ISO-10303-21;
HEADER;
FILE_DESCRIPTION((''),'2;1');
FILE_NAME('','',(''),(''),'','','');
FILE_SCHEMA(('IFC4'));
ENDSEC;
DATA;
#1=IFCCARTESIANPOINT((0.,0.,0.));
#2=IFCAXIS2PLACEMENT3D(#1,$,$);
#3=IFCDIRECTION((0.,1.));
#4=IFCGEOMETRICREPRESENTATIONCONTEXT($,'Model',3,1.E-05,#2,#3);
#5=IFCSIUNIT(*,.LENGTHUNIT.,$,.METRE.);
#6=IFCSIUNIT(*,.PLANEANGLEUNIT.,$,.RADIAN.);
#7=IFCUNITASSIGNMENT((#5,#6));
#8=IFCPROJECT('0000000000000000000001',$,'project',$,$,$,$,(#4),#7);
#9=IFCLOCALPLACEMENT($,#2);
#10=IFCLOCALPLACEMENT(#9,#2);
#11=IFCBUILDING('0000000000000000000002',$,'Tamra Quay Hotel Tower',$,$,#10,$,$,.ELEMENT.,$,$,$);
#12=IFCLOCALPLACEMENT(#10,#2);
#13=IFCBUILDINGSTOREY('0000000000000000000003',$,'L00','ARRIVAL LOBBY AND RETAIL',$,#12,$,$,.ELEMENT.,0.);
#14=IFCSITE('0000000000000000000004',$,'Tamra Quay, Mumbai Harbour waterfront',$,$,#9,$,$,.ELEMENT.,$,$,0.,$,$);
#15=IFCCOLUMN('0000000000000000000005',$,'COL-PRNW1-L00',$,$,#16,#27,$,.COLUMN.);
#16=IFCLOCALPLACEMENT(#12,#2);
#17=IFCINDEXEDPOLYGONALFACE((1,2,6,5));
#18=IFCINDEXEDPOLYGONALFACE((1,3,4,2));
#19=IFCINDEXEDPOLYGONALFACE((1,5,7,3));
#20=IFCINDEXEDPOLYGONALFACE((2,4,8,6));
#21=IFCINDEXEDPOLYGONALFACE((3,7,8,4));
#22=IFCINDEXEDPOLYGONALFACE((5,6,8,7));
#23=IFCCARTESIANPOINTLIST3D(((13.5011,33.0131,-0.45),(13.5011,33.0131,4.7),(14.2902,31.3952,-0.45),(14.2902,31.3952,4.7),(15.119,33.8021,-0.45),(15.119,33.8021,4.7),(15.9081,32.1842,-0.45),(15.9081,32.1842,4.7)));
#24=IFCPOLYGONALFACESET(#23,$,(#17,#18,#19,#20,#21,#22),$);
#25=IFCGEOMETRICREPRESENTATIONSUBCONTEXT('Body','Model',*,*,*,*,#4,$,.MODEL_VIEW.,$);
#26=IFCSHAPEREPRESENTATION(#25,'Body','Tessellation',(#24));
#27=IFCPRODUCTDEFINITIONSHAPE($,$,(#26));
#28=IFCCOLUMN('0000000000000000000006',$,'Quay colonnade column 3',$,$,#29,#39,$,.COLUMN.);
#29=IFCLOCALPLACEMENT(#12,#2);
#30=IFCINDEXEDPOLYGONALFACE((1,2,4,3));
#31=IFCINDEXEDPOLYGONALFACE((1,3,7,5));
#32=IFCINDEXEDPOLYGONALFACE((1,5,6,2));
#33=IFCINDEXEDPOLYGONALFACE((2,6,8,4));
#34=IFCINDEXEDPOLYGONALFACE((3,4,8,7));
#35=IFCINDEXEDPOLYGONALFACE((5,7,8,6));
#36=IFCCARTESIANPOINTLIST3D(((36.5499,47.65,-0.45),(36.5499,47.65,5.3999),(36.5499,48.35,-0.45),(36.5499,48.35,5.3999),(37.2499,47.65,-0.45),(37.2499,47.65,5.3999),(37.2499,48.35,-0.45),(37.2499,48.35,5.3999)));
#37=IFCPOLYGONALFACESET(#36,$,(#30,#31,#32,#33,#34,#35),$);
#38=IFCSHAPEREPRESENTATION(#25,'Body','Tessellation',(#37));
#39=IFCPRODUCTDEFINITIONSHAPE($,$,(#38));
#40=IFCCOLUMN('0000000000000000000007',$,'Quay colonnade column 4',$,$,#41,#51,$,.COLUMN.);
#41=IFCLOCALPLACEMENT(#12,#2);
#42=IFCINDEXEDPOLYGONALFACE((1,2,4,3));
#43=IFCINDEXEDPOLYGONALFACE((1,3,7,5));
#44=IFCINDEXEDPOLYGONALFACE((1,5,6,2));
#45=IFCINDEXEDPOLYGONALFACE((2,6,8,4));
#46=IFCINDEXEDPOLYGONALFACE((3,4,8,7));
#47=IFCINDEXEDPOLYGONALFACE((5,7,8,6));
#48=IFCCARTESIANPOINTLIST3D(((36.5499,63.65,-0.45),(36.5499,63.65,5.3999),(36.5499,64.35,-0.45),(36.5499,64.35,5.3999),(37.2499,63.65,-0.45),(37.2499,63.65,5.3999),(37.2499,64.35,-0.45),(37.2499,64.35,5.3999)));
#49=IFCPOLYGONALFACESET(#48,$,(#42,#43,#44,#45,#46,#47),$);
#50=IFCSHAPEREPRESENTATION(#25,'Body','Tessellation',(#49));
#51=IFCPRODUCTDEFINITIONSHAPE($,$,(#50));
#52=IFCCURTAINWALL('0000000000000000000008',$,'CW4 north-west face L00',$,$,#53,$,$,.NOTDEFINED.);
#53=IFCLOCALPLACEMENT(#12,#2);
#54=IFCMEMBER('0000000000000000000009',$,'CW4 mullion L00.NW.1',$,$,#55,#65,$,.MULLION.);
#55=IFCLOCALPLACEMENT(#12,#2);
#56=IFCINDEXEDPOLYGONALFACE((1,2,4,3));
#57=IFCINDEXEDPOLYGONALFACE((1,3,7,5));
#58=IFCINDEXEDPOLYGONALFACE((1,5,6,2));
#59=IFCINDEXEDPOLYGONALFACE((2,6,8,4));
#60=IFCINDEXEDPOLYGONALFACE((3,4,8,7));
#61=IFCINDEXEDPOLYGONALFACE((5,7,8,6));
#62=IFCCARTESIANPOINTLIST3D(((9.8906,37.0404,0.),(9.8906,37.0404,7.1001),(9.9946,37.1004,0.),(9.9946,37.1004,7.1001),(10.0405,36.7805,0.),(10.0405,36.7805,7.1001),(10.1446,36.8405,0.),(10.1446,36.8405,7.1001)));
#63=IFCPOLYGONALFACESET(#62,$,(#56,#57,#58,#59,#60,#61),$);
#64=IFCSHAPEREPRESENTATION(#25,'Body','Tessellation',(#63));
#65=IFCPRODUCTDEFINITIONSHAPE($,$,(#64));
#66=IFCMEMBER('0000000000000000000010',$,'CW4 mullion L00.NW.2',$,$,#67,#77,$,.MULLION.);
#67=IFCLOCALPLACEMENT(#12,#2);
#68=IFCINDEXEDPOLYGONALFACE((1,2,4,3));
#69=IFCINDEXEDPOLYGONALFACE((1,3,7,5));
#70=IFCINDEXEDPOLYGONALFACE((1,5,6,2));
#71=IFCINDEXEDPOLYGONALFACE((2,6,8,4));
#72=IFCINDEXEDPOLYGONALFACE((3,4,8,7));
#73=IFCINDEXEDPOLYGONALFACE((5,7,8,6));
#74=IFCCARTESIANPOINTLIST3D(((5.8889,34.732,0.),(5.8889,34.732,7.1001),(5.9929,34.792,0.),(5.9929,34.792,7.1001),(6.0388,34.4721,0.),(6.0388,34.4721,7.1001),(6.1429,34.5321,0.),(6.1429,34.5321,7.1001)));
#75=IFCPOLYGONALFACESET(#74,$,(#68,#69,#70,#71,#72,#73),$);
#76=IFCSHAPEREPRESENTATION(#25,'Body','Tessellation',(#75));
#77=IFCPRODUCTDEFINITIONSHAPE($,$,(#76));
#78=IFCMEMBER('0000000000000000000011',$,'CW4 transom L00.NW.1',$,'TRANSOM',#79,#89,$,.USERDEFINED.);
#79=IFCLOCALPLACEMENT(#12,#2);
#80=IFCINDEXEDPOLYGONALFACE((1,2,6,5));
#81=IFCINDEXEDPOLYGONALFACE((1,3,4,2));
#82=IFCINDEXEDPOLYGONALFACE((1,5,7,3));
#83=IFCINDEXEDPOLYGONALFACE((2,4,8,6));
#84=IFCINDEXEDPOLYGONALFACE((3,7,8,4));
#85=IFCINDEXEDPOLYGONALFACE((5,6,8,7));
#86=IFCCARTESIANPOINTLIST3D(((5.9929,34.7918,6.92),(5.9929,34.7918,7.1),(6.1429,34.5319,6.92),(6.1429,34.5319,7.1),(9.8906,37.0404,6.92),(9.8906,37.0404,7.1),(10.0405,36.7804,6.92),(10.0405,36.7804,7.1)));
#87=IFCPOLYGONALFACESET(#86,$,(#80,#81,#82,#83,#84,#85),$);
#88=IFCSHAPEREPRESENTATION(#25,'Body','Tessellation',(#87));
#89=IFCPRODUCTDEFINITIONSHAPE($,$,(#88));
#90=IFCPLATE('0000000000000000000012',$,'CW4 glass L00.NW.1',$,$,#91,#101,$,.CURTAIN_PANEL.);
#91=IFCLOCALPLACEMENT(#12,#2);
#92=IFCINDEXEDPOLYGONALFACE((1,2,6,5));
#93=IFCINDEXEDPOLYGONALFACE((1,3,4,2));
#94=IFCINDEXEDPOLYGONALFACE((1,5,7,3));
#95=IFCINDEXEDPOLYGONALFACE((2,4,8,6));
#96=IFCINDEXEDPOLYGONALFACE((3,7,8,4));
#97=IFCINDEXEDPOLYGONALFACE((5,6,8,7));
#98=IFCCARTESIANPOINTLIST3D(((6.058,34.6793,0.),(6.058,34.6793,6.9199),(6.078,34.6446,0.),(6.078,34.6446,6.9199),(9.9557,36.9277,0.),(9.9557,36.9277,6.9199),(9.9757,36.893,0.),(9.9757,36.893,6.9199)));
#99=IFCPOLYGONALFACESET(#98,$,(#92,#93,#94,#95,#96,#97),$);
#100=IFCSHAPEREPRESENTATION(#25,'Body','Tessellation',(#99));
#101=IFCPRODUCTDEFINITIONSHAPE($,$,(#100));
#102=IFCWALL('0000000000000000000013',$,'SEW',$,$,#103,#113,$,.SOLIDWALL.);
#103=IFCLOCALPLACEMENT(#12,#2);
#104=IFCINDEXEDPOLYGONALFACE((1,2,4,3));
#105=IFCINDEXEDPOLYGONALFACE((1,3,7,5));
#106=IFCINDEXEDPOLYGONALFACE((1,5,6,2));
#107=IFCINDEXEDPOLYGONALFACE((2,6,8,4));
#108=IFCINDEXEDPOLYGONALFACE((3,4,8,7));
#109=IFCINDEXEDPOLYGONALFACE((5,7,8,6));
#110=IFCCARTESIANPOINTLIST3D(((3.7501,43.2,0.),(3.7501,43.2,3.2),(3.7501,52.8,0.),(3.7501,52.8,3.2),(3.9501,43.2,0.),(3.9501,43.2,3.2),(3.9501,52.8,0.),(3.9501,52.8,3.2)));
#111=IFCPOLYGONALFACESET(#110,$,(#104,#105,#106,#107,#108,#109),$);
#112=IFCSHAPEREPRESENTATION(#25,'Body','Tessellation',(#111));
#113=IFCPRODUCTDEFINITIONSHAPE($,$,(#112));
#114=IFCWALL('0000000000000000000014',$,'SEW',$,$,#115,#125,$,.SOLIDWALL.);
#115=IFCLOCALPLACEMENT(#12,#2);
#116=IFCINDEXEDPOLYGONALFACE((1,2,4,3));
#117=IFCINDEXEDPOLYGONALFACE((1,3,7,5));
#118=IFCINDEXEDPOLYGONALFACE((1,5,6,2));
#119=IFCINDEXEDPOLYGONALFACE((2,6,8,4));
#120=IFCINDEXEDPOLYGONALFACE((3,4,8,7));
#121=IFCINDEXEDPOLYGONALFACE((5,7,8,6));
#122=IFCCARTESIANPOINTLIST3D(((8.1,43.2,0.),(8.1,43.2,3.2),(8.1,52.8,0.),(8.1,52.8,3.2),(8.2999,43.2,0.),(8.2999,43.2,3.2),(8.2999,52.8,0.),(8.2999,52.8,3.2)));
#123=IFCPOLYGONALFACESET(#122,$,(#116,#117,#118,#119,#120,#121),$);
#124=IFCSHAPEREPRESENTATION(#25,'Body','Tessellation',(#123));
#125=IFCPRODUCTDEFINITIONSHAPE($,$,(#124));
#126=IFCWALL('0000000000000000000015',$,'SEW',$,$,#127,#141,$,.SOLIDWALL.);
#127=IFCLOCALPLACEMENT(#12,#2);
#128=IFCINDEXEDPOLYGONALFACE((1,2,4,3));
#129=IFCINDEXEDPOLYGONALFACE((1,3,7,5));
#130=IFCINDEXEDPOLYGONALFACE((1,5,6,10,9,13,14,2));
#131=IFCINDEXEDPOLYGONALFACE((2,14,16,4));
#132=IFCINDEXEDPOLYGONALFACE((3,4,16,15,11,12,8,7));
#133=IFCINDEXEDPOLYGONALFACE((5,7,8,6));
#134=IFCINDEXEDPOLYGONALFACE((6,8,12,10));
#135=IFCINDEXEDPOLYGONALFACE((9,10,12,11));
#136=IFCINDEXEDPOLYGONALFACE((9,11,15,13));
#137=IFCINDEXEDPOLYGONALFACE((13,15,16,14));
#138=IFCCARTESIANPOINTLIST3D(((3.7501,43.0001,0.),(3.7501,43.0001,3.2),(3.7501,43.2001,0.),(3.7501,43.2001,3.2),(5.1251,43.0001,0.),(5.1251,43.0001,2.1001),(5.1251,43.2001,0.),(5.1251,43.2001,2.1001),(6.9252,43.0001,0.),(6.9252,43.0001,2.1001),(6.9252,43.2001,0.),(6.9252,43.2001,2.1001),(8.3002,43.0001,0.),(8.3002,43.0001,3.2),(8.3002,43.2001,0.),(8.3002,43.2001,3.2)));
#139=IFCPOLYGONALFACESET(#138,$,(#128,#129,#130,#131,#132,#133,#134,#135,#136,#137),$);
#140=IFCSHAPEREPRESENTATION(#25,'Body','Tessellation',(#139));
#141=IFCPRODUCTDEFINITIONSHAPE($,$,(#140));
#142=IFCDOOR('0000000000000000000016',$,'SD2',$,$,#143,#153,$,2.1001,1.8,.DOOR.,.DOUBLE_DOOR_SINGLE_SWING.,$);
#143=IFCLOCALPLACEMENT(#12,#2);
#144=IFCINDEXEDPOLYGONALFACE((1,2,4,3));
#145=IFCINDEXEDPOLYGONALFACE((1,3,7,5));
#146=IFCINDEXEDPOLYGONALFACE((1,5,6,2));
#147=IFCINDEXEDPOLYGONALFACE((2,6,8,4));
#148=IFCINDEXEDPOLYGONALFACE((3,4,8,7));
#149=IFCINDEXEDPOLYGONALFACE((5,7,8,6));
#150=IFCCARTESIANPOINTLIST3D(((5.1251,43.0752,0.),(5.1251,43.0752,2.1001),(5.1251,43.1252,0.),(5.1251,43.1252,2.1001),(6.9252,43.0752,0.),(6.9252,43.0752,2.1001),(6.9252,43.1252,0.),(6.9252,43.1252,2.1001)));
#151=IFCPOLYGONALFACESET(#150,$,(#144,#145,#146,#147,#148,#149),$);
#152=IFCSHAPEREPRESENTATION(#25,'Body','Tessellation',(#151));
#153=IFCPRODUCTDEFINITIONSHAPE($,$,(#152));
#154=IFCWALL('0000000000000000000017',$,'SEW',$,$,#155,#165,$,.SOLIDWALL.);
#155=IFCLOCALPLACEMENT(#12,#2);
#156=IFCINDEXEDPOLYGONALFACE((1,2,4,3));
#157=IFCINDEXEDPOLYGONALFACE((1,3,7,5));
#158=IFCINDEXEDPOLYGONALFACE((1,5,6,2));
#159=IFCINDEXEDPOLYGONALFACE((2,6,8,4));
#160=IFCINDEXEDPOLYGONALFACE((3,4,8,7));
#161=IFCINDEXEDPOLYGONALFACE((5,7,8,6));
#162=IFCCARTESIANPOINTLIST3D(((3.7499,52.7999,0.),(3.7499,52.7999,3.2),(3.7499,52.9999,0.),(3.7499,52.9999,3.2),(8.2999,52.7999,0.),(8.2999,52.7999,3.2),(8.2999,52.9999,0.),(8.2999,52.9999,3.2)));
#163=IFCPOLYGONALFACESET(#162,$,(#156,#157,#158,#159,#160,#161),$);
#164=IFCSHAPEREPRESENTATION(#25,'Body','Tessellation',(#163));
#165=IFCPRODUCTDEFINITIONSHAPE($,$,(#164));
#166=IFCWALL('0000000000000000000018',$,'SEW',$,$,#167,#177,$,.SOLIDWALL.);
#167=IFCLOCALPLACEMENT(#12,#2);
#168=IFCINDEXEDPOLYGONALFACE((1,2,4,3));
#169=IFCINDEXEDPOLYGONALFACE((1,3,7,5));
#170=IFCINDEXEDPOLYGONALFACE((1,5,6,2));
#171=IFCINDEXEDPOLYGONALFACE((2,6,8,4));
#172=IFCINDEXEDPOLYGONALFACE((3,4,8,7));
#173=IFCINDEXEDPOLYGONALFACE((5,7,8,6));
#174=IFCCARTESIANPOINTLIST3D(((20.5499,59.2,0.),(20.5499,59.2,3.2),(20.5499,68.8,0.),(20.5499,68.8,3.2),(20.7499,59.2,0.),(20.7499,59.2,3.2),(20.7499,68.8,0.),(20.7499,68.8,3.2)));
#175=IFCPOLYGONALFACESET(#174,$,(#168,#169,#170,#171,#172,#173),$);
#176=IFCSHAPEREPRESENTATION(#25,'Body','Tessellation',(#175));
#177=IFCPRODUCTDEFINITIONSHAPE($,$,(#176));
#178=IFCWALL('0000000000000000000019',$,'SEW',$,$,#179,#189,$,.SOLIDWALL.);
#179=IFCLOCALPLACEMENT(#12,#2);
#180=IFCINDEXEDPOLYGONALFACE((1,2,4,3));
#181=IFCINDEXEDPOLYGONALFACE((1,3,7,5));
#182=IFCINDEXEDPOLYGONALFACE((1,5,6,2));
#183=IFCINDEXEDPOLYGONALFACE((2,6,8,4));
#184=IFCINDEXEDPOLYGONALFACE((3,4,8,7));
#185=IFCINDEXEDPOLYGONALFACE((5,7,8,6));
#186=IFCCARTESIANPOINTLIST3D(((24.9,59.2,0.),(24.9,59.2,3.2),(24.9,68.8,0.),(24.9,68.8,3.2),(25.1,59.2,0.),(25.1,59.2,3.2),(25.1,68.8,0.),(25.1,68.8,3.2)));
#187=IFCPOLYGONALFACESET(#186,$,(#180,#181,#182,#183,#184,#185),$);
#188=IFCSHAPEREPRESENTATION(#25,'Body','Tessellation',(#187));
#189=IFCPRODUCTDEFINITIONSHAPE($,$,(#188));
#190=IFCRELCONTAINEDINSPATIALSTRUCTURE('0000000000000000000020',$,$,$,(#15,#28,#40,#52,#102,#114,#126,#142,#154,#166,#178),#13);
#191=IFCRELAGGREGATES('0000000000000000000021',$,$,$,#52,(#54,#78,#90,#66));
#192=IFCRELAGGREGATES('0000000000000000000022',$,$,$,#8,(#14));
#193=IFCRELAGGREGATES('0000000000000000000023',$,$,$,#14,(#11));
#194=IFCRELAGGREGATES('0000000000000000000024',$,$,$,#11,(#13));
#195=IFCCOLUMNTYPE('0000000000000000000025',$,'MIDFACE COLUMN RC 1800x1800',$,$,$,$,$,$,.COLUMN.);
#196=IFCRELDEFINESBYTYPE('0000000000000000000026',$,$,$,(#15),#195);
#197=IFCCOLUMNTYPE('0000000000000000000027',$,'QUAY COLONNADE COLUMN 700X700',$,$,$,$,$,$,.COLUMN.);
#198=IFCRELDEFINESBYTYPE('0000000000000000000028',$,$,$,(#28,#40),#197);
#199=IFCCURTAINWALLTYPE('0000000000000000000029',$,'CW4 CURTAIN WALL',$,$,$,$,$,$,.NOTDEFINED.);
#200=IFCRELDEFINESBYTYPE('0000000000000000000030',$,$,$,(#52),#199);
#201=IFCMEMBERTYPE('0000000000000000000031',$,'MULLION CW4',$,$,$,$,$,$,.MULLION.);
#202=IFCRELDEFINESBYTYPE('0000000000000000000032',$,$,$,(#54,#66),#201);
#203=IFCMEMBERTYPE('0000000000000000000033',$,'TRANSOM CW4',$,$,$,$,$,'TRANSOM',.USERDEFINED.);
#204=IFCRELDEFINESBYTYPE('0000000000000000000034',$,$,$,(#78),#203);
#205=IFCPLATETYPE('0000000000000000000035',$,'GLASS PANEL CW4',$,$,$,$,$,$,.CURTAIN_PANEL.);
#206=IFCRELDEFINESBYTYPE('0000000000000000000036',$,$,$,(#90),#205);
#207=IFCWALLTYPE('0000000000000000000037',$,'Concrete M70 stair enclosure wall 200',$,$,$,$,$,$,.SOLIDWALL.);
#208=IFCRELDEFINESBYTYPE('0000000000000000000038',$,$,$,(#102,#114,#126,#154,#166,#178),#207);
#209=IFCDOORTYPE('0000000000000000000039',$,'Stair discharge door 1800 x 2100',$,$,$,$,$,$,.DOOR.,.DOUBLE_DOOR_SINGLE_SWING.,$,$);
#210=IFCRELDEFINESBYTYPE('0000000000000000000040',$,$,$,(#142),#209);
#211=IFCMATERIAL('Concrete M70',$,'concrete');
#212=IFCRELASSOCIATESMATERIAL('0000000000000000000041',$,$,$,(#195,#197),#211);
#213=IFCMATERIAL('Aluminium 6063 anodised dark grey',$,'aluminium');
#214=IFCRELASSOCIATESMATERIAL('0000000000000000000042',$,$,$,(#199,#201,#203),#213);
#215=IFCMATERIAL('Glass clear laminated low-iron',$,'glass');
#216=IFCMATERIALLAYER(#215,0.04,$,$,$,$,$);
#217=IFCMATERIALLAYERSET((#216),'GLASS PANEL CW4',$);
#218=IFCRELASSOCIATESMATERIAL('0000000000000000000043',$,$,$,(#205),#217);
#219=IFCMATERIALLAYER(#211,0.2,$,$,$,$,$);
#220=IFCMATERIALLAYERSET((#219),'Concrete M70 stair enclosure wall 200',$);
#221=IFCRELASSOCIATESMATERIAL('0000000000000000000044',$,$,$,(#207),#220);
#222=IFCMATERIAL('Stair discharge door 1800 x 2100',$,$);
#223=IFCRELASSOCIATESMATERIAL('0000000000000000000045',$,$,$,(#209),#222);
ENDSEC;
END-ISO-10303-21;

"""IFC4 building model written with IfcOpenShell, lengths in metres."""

from ifc_helpers import new_model, si_unit, direction, frame, frame_2d, origin, origin_2d, place, context, subcontext, project, spatial, rectangle, extrude, material, layer, layer_set, material_profile, profile_set, type_object, element, fill, aggregate, save


model = new_model("IFC4")

# Units and contexts
model_context = context("Model", 3, precision=1e-05, world=origin(), true_north=direction((0.0, 1.0)))
body_context = subcontext(model_context, "Body", "Model", "MODEL_VIEW")
ifc_project = project(units=[si_unit("LENGTHUNIT", "METRE"), si_unit("PLANEANGLEUNIT", "RADIAN")], contexts=[model_context])

# Site, building, storey
site_placement = place(None, origin())
site = spatial("IfcSite", under=ifc_project, at=site_placement, Name="Tamra Quay, Mumbai Harbour waterfront", CompositionType="ELEMENT", RefElevation=0.0)
building_placement = place(site_placement, origin())
building = spatial("IfcBuilding", under=site, at=building_placement, Name="Tamra Quay Hotel Tower", CompositionType="ELEMENT")
storey_placement = place(building_placement, origin())
storey = spatial("IfcBuildingStorey", under=building, at=storey_placement, Name="L00", Description="ARRIVAL LOBBY AND RETAIL", CompositionType="ELEMENT", Elevation=0.0)

# Columns
ifc_material_1 = material(Name="Concrete M70", Category="concrete")
ifc_material_profile_1 = material_profile(ifc_material_1, rectangle(XDim=1.8, YDim=1.8, at=origin_2d()), Name="MIDFACE COLUMN RC 1800x1800")
ifc_profile_set_1 = profile_set([ifc_material_profile_1], Name="Concrete M70")
column_type_1 = type_object("IfcColumnType", Name="MIDFACE COLUMN RC 1800x1800", PredefinedType="COLUMN", material=ifc_profile_set_1)
column_placement = place(storey_placement, frame((14.7046, 32.5986, -0.45), z_axis=(0.0, 0.0, 1.0), x_axis=(-0.438341, 0.898809, 0.0)))
element("IfcColumn", 1, at=column_placement, inside=storey, type_object=column_type_1, Name="COL-PRNW1-L00", PredefinedType="COLUMN", context=body_context, shape_type="SweptSolid", body=[
    extrude(rectangle(XDim=1.8, YDim=1.8, at=origin_2d()), origin(), (0.0, 0.0, 1.0), 5.1499),
])
ifc_material_profile_2 = material_profile(ifc_material_1, rectangle(XDim=0.7, YDim=0.7, at=origin_2d()), Name="Concrete M70")
ifc_profile_set_2 = profile_set([ifc_material_profile_2], Name="Concrete M70")
column_type_2 = type_object("IfcColumnType", Name="QUAY COLONNADE COLUMN 700X700", PredefinedType="COLUMN", material=ifc_profile_set_2)
for number, where, z_axis, x_axis, name in (
    (2, (36.8999, 48.0, -0.45), (0.0, 0.0, 1.0), (1.0, 0.0, 0.0), "Quay colonnade column 3"),
    (3, (36.8999, 64.0, -0.45), (0.0, 0.0, 1.0), (1.0, 0.0, 0.0), "Quay colonnade column 4"),
):
    element("IfcColumn", number, at=place(storey_placement, frame(where, z_axis=z_axis, x_axis=x_axis)), inside=storey, type_object=column_type_2, Name=name, PredefinedType="COLUMN", context=body_context, shape_type="SweptSolid", body=[
        extrude(rectangle(XDim=0.7, YDim=0.7, at=origin_2d()), origin(), (0.0, 0.0, 1.0), 5.8499),
    ])

# Curtain wall, members, plate
ifc_material_2 = material(Name="Aluminium 6063 anodised dark grey", Category="aluminium")
curtain_wall_type = type_object("IfcCurtainWallType", Name="CW4 CURTAIN WALL", PredefinedType="NOTDEFINED", material=ifc_material_2)
curtain_wall_placement = place(storey_placement, origin())
curtain_wall = element("IfcCurtainWall", 4, at=curtain_wall_placement, inside=storey, type_object=curtain_wall_type, Name="CW4 north-west face L00", PredefinedType="NOTDEFINED")
ifc_material_profile_3 = material_profile(ifc_material_2, rectangle(XDim=0.3, YDim=0.1201, at=origin_2d()), Name="MULLION 120X300")
ifc_profile_set_3 = profile_set([ifc_material_profile_3], Name="Aluminium 6063 anodised dark grey")
member_type_1 = type_object("IfcMemberType", Name="MULLION CW4", PredefinedType="MULLION", material=ifc_profile_set_3)
member_1_placement = place(storey_placement, frame((10.0176, 36.9404, 0.0), z_axis=(0.0, 0.0, 1.0), x_axis=(-0.499672, 0.866215, 0.0)))
member_1 = element("IfcMember", 5, at=member_1_placement, type_object=member_type_1, Name="CW4 mullion L00.NW.1", PredefinedType="MULLION", context=body_context, shape_type="SweptSolid", body=[
    extrude(rectangle(XDim=0.3, YDim=0.1201, at=origin_2d()), origin(), (0.0, 0.0, 1.0), 7.1001),
])
member_2_placement = place(storey_placement, frame((6.0159, 34.6321, 0.0), z_axis=(0.0, 0.0, 1.0), x_axis=(-0.499672, 0.866215, 0.0)))
member_2 = element("IfcMember", 6, at=member_2_placement, type_object=member_type_1, Name="CW4 mullion L00.NW.2", PredefinedType="MULLION", context=body_context, shape_type="SweptSolid", body=[
    extrude(rectangle(XDim=0.3, YDim=0.1201, at=origin_2d()), origin(), (0.0, 0.0, 1.0), 7.1001),
])
ifc_material_profile_4 = material_profile(ifc_material_2, rectangle(XDim=0.3, YDim=0.1799, at=origin_2d()), Name="TRANSOM 300X180")
ifc_profile_set_4 = profile_set([ifc_material_profile_4], Name="Aluminium 6063 anodised dark grey")
member_type_2 = type_object("IfcMemberType", Name="TRANSOM CW4", ElementType="TRANSOM", PredefinedType="USERDEFINED", material=ifc_profile_set_4)
member_3_placement = place(storey_placement, frame((9.9656, 36.9104, 7.01), z_axis=(-0.866199, -0.499699, 0.0), x_axis=(0.499699, -0.866199, 0.0)))
member_3 = element("IfcMember", 7, at=member_3_placement, type_object=member_type_2, Name="CW4 transom L00.NW.1", ObjectType="TRANSOM", PredefinedType="USERDEFINED", context=body_context, shape_type="SweptSolid", body=[
    extrude(rectangle(XDim=0.3, YDim=0.1799, at=origin_2d()), origin(), (0.0, 0.0, 1.0), 4.4998),
])
ifc_material_3 = material(Name="Glass clear laminated low-iron", Category="glass")
ifc_layer_1 = layer(ifc_material_3, 0.04)
ifc_layer_set_1 = layer_set([ifc_layer_1], Name="GLASS PANEL CW4")
plate_type = type_object("IfcPlateType", Name="GLASS PANEL CW4", PredefinedType="CURTAIN_PANEL", material=ifc_layer_set_1)
plate_placement = place(storey_placement, frame((8.0168, 35.7861, 0.0), z_axis=(0.0, 0.0, 1.0), x_axis=(-0.866215, -0.499672, 0.0)))
plate = element("IfcPlate", 8, at=plate_placement, type_object=plate_type, Name="CW4 glass L00.NW.1", PredefinedType="CURTAIN_PANEL", context=body_context, shape_type="SweptSolid", body=[
    extrude(rectangle(XDim=4.4998, YDim=0.04, at=origin_2d()), origin(), (0.0, 0.0, 1.0), 6.9199),
])
aggregate(curtain_wall, [member_1, member_3, plate, member_2])

# Walls
ifc_layer_2 = layer(ifc_material_1, 0.2)
ifc_layer_set_2 = layer_set([ifc_layer_2], Name="Concrete M70 stair enclosure wall 200")
wall_type_1 = type_object("IfcWallType", Name="Concrete M70 stair enclosure wall 200", PredefinedType="SOLIDWALL", material=ifc_layer_set_2)
for number, where, z_axis, x_axis, name in (
    (9, (3.8501, 43.2, 0.0), (0.0, 0.0, 1.0), (0.0, 1.0, 0.0), "SEW"),
    (10, (8.2, 43.2, 0.0), (0.0, 0.0, 1.0), (0.0, 1.0, 0.0), "SEW"),
):
    element("IfcWall", number, at=place(storey_placement, frame(where, z_axis=z_axis, x_axis=x_axis)), inside=storey, type_object=wall_type_1, Name=name, PredefinedType="SOLIDWALL", context=body_context, shape_type="SweptSolid", body=[
        extrude(rectangle(XDim=9.6001, YDim=0.2, at=frame_2d((4.8, 0.0))), origin(), (0.0, 0.0, 1.0), 3.2),
    ])

# Wall, opening, door
wall_1_placement = place(storey_placement, frame((8.3, 43.1001, 0.0), z_axis=(0.0, 0.0, 1.0), x_axis=(-1.0, 0.0, 0.0)))
wall_1 = element("IfcWall", 11, at=wall_1_placement, inside=storey, type_object=wall_type_1, Name="SEW", PredefinedType="SOLIDWALL", context=body_context, shape_type="SweptSolid", body=[
    extrude(rectangle(XDim=4.55, YDim=0.2, at=frame_2d((2.2749, 0.0))), origin(), (0.0, 0.0, 1.0), 3.2),
])
opening_1_placement = place(wall_1_placement, frame((1.375, 0.0, 0.0)))
opening_1 = element("IfcOpeningElement", 12, at=opening_1_placement, cuts=wall_1, PredefinedType="OPENING", context=body_context, shape_type="SweptSolid", body=[
    extrude(rectangle(XDim=1.8, YDim=2.1001, at=frame_2d((0.8999, 1.05))), frame((0.0, 0.1099, 0.0), z_axis=(0.0, -1.0, 0.0), x_axis=(1.0, 0.0, 0.0)), (0.0, 0.0, 1.0), 0.22),
])
ifc_material_4 = material(Name="Stair discharge door 1800 x 2100")
door_type = type_object("IfcDoorType", Name="Stair discharge door 1800 x 2100", OperationType="DOUBLE_DOOR_SINGLE_SWING", PredefinedType="DOOR", material=ifc_material_4)
door_1_placement = place(opening_1_placement, origin())
door_1 = element("IfcDoor", 13, at=door_1_placement, inside=storey, type_object=door_type, Name="SD2", OperationType="DOUBLE_DOOR_SINGLE_SWING", OverallHeight=2.1001, OverallWidth=1.8, PredefinedType="DOOR", context=body_context, shape_type="SweptSolid", body=[
    extrude(rectangle(XDim=1.8, YDim=2.1001, at=frame_2d((0.8999, 1.05))), frame((0.0, 0.0249, 0.0), z_axis=(0.0, -1.0, 0.0), x_axis=(1.0, 0.0, 0.0)), (0.0, 0.0, 1.0), 0.05),
])
fill(opening_1, door_1)

# Walls
wall_2_placement = place(storey_placement, frame((3.75, 52.8999, 0.0), z_axis=(0.0, 0.0, 1.0), x_axis=(1.0, 0.0, 0.0)))
element("IfcWall", 14, at=wall_2_placement, inside=storey, type_object=wall_type_1, Name="SEW", PredefinedType="SOLIDWALL", context=body_context, shape_type="SweptSolid", body=[
    extrude(rectangle(XDim=4.55, YDim=0.2, at=frame_2d((2.2749, 0.0))), origin(), (0.0, 0.0, 1.0), 3.2),
])
for number, where, z_axis, x_axis, name in (
    (15, (20.6499, 59.2, 0.0), (0.0, 0.0, 1.0), (0.0, 1.0, 0.0), "SEW"),
    (16, (25.0, 59.2, 0.0), (0.0, 0.0, 1.0), (0.0, 1.0, 0.0), "SEW"),
):
    element("IfcWall", number, at=place(storey_placement, frame(where, z_axis=z_axis, x_axis=x_axis)), inside=storey, type_object=wall_type_1, Name=name, PredefinedType="SOLIDWALL", context=body_context, shape_type="SweptSolid", body=[
        extrude(rectangle(XDim=9.6001, YDim=0.2, at=frame_2d((4.8, 0.0))), origin(), (0.0, 0.0, 1.0), 3.2),
    ])

save(model, "model.ifc")
